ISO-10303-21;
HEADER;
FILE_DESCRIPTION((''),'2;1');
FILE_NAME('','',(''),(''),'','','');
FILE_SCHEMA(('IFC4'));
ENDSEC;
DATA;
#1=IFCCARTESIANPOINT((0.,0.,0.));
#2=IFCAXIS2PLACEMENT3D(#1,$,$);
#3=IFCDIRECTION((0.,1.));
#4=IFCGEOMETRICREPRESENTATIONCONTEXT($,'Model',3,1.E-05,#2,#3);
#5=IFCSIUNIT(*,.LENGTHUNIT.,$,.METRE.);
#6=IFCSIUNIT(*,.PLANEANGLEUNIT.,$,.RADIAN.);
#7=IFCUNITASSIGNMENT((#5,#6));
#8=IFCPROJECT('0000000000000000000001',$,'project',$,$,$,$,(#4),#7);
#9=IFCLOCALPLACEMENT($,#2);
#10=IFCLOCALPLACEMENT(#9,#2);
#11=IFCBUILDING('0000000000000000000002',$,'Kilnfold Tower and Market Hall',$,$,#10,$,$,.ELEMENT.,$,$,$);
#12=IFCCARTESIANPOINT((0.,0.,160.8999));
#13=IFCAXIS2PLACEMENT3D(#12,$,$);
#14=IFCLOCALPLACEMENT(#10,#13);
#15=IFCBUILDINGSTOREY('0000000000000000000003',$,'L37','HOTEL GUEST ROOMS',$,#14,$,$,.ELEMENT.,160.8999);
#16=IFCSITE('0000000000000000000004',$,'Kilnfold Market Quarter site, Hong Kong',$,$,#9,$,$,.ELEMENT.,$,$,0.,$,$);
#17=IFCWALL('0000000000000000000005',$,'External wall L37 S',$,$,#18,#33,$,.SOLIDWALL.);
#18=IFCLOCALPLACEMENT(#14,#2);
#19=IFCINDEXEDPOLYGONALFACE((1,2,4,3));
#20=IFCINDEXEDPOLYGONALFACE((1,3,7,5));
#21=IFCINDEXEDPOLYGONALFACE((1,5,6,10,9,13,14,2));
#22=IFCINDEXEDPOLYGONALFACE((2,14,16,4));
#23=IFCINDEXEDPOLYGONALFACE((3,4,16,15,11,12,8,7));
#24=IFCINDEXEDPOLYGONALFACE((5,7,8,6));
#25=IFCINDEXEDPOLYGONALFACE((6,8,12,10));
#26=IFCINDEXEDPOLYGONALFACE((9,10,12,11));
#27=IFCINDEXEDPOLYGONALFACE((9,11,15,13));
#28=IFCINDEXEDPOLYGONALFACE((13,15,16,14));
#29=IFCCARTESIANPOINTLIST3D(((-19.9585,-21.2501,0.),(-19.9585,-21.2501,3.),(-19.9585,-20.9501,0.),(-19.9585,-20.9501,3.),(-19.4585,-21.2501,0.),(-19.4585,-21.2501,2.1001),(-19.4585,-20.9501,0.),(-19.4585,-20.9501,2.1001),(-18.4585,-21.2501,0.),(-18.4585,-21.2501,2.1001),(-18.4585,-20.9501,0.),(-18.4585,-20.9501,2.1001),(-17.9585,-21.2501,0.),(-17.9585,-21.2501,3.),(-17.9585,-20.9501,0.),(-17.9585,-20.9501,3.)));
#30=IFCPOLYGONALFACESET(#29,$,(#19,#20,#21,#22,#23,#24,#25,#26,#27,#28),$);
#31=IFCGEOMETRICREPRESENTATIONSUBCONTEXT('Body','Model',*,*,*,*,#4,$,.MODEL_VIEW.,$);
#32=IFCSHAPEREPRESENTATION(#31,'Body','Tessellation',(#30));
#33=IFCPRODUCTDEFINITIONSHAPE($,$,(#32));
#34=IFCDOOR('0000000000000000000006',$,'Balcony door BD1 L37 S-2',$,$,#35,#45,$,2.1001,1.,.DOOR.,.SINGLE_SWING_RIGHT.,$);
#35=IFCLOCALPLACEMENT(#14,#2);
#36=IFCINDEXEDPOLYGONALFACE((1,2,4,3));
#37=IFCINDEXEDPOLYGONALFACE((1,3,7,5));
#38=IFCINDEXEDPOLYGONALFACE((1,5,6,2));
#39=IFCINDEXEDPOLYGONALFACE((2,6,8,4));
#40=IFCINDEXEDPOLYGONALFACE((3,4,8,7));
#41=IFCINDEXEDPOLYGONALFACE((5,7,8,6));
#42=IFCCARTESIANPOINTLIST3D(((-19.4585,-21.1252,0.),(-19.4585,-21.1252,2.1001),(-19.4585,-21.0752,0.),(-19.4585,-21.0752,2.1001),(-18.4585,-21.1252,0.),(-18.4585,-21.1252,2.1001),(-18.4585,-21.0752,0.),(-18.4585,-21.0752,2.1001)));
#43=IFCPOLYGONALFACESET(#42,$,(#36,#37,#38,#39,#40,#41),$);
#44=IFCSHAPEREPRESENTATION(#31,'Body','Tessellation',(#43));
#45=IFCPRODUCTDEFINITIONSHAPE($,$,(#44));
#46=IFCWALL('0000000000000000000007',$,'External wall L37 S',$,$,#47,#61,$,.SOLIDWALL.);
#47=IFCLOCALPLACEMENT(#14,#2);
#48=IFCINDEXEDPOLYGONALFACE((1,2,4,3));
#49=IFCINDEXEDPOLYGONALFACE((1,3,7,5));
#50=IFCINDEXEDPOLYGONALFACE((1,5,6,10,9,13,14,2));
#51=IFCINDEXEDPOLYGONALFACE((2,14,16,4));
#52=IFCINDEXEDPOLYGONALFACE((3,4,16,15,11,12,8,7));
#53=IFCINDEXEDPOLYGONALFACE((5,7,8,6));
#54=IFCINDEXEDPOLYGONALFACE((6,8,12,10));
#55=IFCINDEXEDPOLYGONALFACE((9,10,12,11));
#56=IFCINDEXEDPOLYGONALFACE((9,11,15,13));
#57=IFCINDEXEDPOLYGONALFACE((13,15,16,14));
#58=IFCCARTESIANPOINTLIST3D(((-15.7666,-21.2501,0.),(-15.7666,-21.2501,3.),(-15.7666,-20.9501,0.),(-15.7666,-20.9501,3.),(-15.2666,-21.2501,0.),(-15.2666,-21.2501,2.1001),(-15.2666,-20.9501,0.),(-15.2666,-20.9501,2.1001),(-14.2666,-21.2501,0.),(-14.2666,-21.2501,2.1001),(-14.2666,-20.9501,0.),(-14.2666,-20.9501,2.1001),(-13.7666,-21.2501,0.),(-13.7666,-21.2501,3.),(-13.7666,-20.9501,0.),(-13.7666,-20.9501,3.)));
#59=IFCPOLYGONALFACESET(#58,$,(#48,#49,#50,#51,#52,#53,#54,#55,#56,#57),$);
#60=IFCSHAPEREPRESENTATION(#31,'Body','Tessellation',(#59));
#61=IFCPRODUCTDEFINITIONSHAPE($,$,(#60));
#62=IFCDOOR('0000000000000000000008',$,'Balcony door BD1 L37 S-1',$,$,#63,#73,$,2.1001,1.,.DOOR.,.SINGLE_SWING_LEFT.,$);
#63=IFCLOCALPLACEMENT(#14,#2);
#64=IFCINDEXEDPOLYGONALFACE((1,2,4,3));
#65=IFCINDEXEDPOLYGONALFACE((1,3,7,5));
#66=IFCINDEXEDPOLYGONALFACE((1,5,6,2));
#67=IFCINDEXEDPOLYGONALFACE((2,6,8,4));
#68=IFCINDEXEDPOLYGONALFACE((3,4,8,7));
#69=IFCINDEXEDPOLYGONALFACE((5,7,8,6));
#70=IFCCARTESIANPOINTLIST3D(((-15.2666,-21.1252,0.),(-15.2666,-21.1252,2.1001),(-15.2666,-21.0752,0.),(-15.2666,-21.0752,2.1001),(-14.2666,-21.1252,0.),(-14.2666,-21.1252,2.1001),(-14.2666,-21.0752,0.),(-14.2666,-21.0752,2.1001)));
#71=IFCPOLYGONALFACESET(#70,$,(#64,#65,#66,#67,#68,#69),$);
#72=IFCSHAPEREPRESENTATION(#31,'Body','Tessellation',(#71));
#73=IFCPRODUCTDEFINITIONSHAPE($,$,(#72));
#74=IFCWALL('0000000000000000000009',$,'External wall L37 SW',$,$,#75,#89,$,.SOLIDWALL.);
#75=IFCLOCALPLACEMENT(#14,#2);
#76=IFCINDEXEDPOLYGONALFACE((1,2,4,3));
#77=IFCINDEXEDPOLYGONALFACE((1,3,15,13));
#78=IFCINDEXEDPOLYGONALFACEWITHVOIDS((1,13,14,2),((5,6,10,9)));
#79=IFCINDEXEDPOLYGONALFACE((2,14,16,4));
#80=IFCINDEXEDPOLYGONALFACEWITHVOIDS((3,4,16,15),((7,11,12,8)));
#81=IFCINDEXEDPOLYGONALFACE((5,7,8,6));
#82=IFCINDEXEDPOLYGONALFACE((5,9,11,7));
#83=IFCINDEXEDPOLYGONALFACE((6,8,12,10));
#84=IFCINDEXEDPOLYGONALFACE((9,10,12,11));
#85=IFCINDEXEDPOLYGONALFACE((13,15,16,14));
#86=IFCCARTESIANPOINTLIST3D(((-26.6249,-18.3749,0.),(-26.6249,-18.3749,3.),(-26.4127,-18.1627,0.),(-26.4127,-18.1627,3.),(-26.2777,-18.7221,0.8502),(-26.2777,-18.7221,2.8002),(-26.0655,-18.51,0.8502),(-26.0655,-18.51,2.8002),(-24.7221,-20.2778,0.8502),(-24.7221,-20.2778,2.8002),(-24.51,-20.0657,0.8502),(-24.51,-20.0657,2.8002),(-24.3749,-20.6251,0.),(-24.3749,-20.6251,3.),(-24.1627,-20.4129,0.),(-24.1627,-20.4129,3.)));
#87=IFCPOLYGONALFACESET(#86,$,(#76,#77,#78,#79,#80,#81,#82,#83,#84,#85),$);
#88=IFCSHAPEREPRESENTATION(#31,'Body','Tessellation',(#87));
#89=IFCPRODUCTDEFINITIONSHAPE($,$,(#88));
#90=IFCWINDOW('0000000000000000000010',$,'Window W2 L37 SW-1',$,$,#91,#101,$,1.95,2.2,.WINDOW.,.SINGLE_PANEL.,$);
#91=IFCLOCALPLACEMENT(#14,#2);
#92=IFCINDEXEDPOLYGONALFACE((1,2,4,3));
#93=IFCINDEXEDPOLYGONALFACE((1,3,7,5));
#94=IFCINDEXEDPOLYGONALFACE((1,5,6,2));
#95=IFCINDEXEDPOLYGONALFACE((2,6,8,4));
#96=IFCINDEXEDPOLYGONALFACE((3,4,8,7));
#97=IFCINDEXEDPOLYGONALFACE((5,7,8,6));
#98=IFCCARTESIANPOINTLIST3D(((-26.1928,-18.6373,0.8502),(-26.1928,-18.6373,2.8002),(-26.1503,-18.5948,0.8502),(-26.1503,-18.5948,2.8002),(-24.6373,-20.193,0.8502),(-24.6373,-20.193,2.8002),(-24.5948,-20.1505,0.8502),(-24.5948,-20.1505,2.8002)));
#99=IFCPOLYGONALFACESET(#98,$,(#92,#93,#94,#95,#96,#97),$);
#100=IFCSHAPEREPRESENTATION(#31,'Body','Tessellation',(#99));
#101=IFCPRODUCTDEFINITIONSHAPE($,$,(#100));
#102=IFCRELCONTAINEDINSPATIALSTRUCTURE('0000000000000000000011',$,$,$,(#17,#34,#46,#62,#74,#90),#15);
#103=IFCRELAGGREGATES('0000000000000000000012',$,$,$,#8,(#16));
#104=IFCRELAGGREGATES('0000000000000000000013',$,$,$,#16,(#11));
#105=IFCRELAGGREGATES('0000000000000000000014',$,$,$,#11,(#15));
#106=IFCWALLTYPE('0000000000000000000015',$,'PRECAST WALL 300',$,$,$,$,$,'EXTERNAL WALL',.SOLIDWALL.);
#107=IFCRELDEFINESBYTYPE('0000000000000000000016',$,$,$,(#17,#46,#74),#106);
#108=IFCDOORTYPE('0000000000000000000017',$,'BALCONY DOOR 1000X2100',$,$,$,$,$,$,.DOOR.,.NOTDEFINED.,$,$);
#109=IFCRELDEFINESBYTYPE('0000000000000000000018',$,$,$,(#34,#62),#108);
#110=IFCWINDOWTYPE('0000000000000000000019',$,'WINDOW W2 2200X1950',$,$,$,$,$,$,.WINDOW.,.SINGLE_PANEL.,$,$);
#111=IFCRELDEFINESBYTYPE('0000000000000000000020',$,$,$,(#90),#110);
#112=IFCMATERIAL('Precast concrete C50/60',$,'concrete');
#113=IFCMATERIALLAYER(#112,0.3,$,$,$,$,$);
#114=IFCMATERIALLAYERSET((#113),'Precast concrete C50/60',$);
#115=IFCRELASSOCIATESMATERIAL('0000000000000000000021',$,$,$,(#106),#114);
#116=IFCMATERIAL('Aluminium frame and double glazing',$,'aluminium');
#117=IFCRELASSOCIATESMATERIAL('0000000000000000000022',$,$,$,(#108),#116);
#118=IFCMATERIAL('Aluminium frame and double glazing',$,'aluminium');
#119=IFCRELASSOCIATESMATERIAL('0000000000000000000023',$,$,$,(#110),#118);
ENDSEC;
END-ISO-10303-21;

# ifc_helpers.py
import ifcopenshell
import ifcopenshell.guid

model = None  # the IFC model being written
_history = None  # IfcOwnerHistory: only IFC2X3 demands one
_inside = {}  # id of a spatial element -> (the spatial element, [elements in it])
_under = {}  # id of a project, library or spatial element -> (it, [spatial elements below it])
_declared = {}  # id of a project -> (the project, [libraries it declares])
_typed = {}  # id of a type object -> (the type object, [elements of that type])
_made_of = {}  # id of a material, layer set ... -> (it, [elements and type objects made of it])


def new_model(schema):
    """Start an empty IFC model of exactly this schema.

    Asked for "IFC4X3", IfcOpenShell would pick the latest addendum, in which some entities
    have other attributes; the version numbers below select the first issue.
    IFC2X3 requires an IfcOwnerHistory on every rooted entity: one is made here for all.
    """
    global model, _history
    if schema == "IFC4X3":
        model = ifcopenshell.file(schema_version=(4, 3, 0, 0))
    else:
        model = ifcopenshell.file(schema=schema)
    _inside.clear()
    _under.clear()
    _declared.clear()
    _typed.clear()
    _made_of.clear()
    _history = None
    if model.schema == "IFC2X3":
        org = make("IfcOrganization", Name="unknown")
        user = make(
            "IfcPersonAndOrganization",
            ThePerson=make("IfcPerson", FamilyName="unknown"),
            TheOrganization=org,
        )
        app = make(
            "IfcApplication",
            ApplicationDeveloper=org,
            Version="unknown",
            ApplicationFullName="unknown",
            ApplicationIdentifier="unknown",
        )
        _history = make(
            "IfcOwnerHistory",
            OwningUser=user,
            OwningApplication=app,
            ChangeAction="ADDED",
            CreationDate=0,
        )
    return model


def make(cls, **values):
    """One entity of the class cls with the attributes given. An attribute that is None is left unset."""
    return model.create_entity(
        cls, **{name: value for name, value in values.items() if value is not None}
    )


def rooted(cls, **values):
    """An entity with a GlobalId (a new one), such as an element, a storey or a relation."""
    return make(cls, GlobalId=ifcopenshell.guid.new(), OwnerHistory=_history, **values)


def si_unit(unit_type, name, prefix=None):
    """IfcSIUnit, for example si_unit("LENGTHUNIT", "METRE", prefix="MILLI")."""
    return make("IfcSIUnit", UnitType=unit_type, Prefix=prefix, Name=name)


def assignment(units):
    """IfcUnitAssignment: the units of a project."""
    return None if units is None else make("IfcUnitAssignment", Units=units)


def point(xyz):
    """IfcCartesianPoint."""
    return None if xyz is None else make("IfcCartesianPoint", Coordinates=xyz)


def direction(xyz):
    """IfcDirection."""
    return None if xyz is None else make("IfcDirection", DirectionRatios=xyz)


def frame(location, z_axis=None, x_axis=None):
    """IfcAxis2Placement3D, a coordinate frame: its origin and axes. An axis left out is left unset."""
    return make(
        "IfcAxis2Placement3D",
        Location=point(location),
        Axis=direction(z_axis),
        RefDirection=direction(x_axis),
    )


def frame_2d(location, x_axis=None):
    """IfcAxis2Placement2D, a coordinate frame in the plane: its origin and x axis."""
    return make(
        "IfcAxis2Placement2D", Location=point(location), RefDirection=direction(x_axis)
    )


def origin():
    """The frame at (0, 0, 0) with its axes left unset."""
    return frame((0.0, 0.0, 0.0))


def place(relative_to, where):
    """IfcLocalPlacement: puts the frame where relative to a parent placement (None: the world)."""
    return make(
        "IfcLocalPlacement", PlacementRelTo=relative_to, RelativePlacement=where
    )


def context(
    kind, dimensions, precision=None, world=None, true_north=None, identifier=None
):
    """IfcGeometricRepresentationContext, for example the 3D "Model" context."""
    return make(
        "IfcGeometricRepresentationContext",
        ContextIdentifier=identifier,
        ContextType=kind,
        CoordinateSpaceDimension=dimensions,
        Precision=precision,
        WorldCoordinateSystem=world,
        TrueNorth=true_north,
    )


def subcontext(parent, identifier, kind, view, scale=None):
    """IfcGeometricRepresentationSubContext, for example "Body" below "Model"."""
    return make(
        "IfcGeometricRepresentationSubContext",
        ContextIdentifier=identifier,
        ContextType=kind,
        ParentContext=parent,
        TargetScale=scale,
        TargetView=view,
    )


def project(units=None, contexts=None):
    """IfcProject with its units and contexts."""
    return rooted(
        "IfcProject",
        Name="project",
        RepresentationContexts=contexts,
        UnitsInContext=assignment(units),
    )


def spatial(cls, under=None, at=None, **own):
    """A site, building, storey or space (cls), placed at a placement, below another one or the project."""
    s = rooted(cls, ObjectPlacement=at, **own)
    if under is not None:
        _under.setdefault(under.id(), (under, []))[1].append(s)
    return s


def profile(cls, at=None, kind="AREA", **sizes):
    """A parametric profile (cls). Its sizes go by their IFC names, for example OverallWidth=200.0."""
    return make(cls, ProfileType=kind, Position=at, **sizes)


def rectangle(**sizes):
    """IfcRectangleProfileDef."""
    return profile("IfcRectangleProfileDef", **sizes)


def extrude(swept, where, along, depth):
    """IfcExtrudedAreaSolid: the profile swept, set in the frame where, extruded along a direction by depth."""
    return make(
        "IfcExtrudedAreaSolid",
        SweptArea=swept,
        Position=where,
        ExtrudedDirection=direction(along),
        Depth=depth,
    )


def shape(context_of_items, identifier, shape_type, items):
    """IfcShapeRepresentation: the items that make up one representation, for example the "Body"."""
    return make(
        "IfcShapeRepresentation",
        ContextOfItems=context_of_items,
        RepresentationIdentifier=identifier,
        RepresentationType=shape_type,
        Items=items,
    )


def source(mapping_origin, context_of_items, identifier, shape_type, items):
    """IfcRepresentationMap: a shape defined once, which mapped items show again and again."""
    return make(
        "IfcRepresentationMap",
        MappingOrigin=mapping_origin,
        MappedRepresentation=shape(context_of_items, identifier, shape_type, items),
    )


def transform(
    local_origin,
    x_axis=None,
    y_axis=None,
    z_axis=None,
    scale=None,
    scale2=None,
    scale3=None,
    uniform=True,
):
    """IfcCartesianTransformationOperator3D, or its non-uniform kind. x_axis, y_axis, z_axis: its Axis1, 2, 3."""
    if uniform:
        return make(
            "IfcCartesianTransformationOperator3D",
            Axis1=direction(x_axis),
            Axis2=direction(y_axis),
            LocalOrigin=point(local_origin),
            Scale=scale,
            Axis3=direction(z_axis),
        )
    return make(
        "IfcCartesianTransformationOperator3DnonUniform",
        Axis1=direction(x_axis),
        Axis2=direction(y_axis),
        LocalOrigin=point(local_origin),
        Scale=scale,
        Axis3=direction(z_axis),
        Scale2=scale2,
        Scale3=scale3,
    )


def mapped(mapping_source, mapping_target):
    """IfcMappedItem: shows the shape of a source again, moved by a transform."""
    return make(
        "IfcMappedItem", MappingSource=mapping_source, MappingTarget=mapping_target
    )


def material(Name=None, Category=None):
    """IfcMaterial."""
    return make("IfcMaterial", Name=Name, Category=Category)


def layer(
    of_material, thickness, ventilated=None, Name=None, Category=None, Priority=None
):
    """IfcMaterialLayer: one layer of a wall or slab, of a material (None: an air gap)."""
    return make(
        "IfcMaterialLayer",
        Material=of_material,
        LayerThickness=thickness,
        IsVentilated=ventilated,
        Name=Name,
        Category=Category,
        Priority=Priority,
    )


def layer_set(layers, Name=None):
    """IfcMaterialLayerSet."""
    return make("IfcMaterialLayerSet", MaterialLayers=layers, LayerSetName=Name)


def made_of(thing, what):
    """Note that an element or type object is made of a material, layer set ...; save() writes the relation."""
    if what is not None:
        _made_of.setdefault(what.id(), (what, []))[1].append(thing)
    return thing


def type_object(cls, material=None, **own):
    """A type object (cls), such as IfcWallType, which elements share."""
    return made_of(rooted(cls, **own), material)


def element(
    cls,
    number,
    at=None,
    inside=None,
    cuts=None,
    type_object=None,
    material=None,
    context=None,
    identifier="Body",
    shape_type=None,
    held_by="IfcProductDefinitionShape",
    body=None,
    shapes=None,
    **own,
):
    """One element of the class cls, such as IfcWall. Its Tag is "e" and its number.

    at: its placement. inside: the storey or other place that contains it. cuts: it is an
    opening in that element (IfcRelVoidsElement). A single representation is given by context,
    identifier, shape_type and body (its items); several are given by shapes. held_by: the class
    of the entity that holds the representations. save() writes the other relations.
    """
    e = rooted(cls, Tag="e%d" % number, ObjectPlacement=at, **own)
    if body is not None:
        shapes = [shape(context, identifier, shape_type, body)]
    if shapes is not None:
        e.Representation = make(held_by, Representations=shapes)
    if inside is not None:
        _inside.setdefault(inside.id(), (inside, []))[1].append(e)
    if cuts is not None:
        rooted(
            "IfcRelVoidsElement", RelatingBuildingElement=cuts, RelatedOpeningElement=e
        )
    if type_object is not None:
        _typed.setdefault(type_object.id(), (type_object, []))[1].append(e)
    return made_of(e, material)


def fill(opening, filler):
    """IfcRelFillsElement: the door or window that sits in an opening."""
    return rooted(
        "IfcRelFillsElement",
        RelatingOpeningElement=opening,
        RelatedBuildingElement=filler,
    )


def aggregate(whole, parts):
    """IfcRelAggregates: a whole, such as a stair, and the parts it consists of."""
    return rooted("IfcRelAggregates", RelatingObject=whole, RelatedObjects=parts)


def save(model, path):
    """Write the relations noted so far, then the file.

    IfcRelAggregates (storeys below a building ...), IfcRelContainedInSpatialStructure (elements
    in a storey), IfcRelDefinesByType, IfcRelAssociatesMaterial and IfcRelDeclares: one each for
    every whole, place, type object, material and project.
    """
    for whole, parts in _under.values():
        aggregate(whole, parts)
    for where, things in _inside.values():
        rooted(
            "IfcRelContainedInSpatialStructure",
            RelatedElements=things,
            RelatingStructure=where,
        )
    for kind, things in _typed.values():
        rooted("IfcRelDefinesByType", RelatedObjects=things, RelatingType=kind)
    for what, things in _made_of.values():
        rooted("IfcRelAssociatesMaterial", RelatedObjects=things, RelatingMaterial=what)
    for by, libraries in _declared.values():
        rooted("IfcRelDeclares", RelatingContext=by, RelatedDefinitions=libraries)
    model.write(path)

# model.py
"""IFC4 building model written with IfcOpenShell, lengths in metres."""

from ifc_helpers import new_model, si_unit, direction, frame, frame_2d, origin, place, context, subcontext, project, spatial, rectangle, extrude, source, transform, mapped, material, layer, layer_set, type_object, element, fill, save


model = new_model("IFC4")

# Units and contexts
model_context = context("Model", 3, precision=1e-05, world=origin(), true_north=direction((0.0, 1.0)))
body_context = subcontext(model_context, "Body", "Model", "MODEL_VIEW")
ifc_project = project(units=[si_unit("LENGTHUNIT", "METRE"), si_unit("PLANEANGLEUNIT", "RADIAN")], contexts=[model_context])

# Site, building, storey
site_placement = place(None, origin())
site = spatial("IfcSite", under=ifc_project, at=site_placement, Name="Kilnfold Market Quarter site, Hong Kong", CompositionType="ELEMENT", RefElevation=0.0)
building_placement = place(site_placement, origin())
building = spatial("IfcBuilding", under=site, at=building_placement, Name="Kilnfold Tower and Market Hall", CompositionType="ELEMENT")
storey_placement = place(building_placement, frame((0.0, 0.0, 160.8999)))
storey = spatial("IfcBuildingStorey", under=building, at=storey_placement, Name="L37", Description="HOTEL GUEST ROOMS", CompositionType="ELEMENT", Elevation=160.8999)

# Walls, openings, doors
ifc_material_1 = material(Name="Precast concrete C50/60", Category="concrete")
ifc_layer_1 = layer(ifc_material_1, 0.3)
ifc_layer_set_1 = layer_set([ifc_layer_1], Name="Precast concrete C50/60")
wall_type_1 = type_object("IfcWallType", Name="PRECAST WALL 300", ElementType="EXTERNAL WALL", PredefinedType="SOLIDWALL", material=ifc_layer_set_1)
shared_shape_1 = source(origin(), body_context, "Body", "SweptSolid", [
    extrude(rectangle(XDim=2.0, YDim=0.3, at=frame_2d((1.0, 0.0))), origin(), (0.0, 0.0, 1.0), 3.0),
])
wall_1_placement = place(storey_placement, frame((-19.9585, -21.1001, 0.0), z_axis=(0.0, 0.0, 1.0), x_axis=(1.0, 0.0, 0.0)))
wall_1 = element("IfcWall", 1, at=wall_1_placement, inside=storey, type_object=wall_type_1, Name="External wall L37 S", PredefinedType="SOLIDWALL", context=body_context, shape_type="MappedRepresentation", body=[
    mapped(shared_shape_1, transform((0.0, 0.0, 0.0))),
])
opening_1_placement = place(wall_1_placement, frame((0.5, 0.0, 0.0)))
opening_1 = element("IfcOpeningElement", 2, at=opening_1_placement, cuts=wall_1, PredefinedType="OPENING", context=body_context, shape_type="SweptSolid", body=[
    extrude(rectangle(XDim=1.0, YDim=2.1001, at=frame_2d((0.5, 1.05))), frame((0.0, 0.1602, 0.0), z_axis=(0.0, -1.0, 0.0), x_axis=(1.0, 0.0, 0.0)), (0.0, 0.0, 1.0), 0.3201),
])
ifc_material_2 = material(Name="Aluminium frame and double glazing", Category="aluminium")
door_type_1 = type_object("IfcDoorType", Name="BALCONY DOOR 1000X2100", OperationType="NOTDEFINED", PredefinedType="DOOR", material=ifc_material_2)
door_1_placement = place(opening_1_placement, origin())
door_1 = element("IfcDoor", 3, at=door_1_placement, inside=storey, type_object=door_type_1, Name="Balcony door BD1 L37 S-2", OperationType="SINGLE_SWING_RIGHT", OverallHeight=2.1001, OverallWidth=1.0, PredefinedType="DOOR", context=body_context, shape_type="SweptSolid", body=[
    extrude(rectangle(XDim=1.0, YDim=2.1001, at=frame_2d((0.5, 1.05))), frame((0.0, 0.0249, 0.0), z_axis=(0.0, -1.0, 0.0), x_axis=(1.0, 0.0, 0.0)), (0.0, 0.0, 1.0), 0.05),
])
fill(opening_1, door_1)
wall_2_placement = place(storey_placement, frame((-15.7666, -21.1001, 0.0), z_axis=(0.0, 0.0, 1.0), x_axis=(1.0, 0.0, 0.0)))
wall_2 = element("IfcWall", 4, at=wall_2_placement, inside=storey, type_object=wall_type_1, Name="External wall L37 S", PredefinedType="SOLIDWALL", context=body_context, shape_type="MappedRepresentation", body=[
    mapped(shared_shape_1, transform((0.0, 0.0, 0.0))),
])
opening_2_placement = place(wall_2_placement, frame((0.5, 0.0, 0.0)))
opening_2 = element("IfcOpeningElement", 5, at=opening_2_placement, cuts=wall_2, PredefinedType="OPENING", context=body_context, shape_type="SweptSolid", body=[
    extrude(rectangle(XDim=1.0, YDim=2.1001, at=frame_2d((0.5, 1.05))), frame((0.0, 0.1602, 0.0), z_axis=(0.0, -1.0, 0.0), x_axis=(1.0, 0.0, 0.0)), (0.0, 0.0, 1.0), 0.3201),
])
door_2_placement = place(opening_2_placement, origin())
door_2 = element("IfcDoor", 6, at=door_2_placement, inside=storey, type_object=door_type_1, Name="Balcony door BD1 L37 S-1", OperationType="SINGLE_SWING_LEFT", OverallHeight=2.1001, OverallWidth=1.0, PredefinedType="DOOR", context=body_context, shape_type="SweptSolid", body=[
    extrude(rectangle(XDim=1.0, YDim=2.1001, at=frame_2d((0.5, 1.05))), frame((0.0, 0.0249, 0.0), z_axis=(0.0, -1.0, 0.0), x_axis=(1.0, 0.0, 0.0)), (0.0, 0.0, 1.0), 0.05),
])
fill(opening_2, door_2)

# Wall, opening, window
shared_shape_2 = source(origin(), body_context, "Body", "SweptSolid", [
    extrude(rectangle(XDim=3.1821, YDim=0.3, at=frame_2d((1.5911, 0.0))), origin(), (0.0, 0.0, 1.0), 3.0),
])
wall_3_placement = place(storey_placement, frame((-26.5188, -18.2688, 0.0), z_axis=(0.0, 0.0, 1.0), x_axis=(0.707068, -0.707145, 0.0)))
wall_3 = element("IfcWall", 7, at=wall_3_placement, inside=storey, type_object=wall_type_1, Name="External wall L37 SW", PredefinedType="SOLIDWALL", context=body_context, shape_type="MappedRepresentation", body=[
    mapped(shared_shape_2, transform((0.0, 0.0, 0.0))),
])
opening_3_placement = place(wall_3_placement, frame((0.491, 0.0, 0.8501)))
opening_3 = element("IfcOpeningElement", 8, at=opening_3_placement, cuts=wall_3, PredefinedType="OPENING", context=body_context, shape_type="SweptSolid", body=[
    extrude(rectangle(XDim=2.2, YDim=1.95, at=frame_2d((1.1001, 0.9751))), frame((0.0, 0.1602, 0.0), z_axis=(0.0, -1.0, 0.0), x_axis=(1.0, 0.0, 0.0)), (0.0, 0.0, 1.0), 0.3201),
])
ifc_material_3 = material(Name="Aluminium frame and double glazing", Category="aluminium")
window_type = type_object("IfcWindowType", Name="WINDOW W2 2200X1950", PartitioningType="SINGLE_PANEL", PredefinedType="WINDOW", material=ifc_material_3)
window_placement = place(opening_3_placement, origin())
window = element("IfcWindow", 9, at=window_placement, inside=storey, type_object=window_type, Name="Window W2 L37 SW-1", OverallHeight=1.95, OverallWidth=2.2, PartitioningType="SINGLE_PANEL", PredefinedType="WINDOW", context=body_context, shape_type="SweptSolid", body=[
    extrude(rectangle(XDim=2.2, YDim=1.95, at=frame_2d((1.1001, 0.9751))), frame((0.0, 0.03, 0.0), z_axis=(0.0, -1.0, 0.0), x_axis=(1.0, 0.0, 0.0)), (0.0, 0.0, 1.0), 0.0601),
])
fill(opening_3, window)

save(model, "model.ifc")
